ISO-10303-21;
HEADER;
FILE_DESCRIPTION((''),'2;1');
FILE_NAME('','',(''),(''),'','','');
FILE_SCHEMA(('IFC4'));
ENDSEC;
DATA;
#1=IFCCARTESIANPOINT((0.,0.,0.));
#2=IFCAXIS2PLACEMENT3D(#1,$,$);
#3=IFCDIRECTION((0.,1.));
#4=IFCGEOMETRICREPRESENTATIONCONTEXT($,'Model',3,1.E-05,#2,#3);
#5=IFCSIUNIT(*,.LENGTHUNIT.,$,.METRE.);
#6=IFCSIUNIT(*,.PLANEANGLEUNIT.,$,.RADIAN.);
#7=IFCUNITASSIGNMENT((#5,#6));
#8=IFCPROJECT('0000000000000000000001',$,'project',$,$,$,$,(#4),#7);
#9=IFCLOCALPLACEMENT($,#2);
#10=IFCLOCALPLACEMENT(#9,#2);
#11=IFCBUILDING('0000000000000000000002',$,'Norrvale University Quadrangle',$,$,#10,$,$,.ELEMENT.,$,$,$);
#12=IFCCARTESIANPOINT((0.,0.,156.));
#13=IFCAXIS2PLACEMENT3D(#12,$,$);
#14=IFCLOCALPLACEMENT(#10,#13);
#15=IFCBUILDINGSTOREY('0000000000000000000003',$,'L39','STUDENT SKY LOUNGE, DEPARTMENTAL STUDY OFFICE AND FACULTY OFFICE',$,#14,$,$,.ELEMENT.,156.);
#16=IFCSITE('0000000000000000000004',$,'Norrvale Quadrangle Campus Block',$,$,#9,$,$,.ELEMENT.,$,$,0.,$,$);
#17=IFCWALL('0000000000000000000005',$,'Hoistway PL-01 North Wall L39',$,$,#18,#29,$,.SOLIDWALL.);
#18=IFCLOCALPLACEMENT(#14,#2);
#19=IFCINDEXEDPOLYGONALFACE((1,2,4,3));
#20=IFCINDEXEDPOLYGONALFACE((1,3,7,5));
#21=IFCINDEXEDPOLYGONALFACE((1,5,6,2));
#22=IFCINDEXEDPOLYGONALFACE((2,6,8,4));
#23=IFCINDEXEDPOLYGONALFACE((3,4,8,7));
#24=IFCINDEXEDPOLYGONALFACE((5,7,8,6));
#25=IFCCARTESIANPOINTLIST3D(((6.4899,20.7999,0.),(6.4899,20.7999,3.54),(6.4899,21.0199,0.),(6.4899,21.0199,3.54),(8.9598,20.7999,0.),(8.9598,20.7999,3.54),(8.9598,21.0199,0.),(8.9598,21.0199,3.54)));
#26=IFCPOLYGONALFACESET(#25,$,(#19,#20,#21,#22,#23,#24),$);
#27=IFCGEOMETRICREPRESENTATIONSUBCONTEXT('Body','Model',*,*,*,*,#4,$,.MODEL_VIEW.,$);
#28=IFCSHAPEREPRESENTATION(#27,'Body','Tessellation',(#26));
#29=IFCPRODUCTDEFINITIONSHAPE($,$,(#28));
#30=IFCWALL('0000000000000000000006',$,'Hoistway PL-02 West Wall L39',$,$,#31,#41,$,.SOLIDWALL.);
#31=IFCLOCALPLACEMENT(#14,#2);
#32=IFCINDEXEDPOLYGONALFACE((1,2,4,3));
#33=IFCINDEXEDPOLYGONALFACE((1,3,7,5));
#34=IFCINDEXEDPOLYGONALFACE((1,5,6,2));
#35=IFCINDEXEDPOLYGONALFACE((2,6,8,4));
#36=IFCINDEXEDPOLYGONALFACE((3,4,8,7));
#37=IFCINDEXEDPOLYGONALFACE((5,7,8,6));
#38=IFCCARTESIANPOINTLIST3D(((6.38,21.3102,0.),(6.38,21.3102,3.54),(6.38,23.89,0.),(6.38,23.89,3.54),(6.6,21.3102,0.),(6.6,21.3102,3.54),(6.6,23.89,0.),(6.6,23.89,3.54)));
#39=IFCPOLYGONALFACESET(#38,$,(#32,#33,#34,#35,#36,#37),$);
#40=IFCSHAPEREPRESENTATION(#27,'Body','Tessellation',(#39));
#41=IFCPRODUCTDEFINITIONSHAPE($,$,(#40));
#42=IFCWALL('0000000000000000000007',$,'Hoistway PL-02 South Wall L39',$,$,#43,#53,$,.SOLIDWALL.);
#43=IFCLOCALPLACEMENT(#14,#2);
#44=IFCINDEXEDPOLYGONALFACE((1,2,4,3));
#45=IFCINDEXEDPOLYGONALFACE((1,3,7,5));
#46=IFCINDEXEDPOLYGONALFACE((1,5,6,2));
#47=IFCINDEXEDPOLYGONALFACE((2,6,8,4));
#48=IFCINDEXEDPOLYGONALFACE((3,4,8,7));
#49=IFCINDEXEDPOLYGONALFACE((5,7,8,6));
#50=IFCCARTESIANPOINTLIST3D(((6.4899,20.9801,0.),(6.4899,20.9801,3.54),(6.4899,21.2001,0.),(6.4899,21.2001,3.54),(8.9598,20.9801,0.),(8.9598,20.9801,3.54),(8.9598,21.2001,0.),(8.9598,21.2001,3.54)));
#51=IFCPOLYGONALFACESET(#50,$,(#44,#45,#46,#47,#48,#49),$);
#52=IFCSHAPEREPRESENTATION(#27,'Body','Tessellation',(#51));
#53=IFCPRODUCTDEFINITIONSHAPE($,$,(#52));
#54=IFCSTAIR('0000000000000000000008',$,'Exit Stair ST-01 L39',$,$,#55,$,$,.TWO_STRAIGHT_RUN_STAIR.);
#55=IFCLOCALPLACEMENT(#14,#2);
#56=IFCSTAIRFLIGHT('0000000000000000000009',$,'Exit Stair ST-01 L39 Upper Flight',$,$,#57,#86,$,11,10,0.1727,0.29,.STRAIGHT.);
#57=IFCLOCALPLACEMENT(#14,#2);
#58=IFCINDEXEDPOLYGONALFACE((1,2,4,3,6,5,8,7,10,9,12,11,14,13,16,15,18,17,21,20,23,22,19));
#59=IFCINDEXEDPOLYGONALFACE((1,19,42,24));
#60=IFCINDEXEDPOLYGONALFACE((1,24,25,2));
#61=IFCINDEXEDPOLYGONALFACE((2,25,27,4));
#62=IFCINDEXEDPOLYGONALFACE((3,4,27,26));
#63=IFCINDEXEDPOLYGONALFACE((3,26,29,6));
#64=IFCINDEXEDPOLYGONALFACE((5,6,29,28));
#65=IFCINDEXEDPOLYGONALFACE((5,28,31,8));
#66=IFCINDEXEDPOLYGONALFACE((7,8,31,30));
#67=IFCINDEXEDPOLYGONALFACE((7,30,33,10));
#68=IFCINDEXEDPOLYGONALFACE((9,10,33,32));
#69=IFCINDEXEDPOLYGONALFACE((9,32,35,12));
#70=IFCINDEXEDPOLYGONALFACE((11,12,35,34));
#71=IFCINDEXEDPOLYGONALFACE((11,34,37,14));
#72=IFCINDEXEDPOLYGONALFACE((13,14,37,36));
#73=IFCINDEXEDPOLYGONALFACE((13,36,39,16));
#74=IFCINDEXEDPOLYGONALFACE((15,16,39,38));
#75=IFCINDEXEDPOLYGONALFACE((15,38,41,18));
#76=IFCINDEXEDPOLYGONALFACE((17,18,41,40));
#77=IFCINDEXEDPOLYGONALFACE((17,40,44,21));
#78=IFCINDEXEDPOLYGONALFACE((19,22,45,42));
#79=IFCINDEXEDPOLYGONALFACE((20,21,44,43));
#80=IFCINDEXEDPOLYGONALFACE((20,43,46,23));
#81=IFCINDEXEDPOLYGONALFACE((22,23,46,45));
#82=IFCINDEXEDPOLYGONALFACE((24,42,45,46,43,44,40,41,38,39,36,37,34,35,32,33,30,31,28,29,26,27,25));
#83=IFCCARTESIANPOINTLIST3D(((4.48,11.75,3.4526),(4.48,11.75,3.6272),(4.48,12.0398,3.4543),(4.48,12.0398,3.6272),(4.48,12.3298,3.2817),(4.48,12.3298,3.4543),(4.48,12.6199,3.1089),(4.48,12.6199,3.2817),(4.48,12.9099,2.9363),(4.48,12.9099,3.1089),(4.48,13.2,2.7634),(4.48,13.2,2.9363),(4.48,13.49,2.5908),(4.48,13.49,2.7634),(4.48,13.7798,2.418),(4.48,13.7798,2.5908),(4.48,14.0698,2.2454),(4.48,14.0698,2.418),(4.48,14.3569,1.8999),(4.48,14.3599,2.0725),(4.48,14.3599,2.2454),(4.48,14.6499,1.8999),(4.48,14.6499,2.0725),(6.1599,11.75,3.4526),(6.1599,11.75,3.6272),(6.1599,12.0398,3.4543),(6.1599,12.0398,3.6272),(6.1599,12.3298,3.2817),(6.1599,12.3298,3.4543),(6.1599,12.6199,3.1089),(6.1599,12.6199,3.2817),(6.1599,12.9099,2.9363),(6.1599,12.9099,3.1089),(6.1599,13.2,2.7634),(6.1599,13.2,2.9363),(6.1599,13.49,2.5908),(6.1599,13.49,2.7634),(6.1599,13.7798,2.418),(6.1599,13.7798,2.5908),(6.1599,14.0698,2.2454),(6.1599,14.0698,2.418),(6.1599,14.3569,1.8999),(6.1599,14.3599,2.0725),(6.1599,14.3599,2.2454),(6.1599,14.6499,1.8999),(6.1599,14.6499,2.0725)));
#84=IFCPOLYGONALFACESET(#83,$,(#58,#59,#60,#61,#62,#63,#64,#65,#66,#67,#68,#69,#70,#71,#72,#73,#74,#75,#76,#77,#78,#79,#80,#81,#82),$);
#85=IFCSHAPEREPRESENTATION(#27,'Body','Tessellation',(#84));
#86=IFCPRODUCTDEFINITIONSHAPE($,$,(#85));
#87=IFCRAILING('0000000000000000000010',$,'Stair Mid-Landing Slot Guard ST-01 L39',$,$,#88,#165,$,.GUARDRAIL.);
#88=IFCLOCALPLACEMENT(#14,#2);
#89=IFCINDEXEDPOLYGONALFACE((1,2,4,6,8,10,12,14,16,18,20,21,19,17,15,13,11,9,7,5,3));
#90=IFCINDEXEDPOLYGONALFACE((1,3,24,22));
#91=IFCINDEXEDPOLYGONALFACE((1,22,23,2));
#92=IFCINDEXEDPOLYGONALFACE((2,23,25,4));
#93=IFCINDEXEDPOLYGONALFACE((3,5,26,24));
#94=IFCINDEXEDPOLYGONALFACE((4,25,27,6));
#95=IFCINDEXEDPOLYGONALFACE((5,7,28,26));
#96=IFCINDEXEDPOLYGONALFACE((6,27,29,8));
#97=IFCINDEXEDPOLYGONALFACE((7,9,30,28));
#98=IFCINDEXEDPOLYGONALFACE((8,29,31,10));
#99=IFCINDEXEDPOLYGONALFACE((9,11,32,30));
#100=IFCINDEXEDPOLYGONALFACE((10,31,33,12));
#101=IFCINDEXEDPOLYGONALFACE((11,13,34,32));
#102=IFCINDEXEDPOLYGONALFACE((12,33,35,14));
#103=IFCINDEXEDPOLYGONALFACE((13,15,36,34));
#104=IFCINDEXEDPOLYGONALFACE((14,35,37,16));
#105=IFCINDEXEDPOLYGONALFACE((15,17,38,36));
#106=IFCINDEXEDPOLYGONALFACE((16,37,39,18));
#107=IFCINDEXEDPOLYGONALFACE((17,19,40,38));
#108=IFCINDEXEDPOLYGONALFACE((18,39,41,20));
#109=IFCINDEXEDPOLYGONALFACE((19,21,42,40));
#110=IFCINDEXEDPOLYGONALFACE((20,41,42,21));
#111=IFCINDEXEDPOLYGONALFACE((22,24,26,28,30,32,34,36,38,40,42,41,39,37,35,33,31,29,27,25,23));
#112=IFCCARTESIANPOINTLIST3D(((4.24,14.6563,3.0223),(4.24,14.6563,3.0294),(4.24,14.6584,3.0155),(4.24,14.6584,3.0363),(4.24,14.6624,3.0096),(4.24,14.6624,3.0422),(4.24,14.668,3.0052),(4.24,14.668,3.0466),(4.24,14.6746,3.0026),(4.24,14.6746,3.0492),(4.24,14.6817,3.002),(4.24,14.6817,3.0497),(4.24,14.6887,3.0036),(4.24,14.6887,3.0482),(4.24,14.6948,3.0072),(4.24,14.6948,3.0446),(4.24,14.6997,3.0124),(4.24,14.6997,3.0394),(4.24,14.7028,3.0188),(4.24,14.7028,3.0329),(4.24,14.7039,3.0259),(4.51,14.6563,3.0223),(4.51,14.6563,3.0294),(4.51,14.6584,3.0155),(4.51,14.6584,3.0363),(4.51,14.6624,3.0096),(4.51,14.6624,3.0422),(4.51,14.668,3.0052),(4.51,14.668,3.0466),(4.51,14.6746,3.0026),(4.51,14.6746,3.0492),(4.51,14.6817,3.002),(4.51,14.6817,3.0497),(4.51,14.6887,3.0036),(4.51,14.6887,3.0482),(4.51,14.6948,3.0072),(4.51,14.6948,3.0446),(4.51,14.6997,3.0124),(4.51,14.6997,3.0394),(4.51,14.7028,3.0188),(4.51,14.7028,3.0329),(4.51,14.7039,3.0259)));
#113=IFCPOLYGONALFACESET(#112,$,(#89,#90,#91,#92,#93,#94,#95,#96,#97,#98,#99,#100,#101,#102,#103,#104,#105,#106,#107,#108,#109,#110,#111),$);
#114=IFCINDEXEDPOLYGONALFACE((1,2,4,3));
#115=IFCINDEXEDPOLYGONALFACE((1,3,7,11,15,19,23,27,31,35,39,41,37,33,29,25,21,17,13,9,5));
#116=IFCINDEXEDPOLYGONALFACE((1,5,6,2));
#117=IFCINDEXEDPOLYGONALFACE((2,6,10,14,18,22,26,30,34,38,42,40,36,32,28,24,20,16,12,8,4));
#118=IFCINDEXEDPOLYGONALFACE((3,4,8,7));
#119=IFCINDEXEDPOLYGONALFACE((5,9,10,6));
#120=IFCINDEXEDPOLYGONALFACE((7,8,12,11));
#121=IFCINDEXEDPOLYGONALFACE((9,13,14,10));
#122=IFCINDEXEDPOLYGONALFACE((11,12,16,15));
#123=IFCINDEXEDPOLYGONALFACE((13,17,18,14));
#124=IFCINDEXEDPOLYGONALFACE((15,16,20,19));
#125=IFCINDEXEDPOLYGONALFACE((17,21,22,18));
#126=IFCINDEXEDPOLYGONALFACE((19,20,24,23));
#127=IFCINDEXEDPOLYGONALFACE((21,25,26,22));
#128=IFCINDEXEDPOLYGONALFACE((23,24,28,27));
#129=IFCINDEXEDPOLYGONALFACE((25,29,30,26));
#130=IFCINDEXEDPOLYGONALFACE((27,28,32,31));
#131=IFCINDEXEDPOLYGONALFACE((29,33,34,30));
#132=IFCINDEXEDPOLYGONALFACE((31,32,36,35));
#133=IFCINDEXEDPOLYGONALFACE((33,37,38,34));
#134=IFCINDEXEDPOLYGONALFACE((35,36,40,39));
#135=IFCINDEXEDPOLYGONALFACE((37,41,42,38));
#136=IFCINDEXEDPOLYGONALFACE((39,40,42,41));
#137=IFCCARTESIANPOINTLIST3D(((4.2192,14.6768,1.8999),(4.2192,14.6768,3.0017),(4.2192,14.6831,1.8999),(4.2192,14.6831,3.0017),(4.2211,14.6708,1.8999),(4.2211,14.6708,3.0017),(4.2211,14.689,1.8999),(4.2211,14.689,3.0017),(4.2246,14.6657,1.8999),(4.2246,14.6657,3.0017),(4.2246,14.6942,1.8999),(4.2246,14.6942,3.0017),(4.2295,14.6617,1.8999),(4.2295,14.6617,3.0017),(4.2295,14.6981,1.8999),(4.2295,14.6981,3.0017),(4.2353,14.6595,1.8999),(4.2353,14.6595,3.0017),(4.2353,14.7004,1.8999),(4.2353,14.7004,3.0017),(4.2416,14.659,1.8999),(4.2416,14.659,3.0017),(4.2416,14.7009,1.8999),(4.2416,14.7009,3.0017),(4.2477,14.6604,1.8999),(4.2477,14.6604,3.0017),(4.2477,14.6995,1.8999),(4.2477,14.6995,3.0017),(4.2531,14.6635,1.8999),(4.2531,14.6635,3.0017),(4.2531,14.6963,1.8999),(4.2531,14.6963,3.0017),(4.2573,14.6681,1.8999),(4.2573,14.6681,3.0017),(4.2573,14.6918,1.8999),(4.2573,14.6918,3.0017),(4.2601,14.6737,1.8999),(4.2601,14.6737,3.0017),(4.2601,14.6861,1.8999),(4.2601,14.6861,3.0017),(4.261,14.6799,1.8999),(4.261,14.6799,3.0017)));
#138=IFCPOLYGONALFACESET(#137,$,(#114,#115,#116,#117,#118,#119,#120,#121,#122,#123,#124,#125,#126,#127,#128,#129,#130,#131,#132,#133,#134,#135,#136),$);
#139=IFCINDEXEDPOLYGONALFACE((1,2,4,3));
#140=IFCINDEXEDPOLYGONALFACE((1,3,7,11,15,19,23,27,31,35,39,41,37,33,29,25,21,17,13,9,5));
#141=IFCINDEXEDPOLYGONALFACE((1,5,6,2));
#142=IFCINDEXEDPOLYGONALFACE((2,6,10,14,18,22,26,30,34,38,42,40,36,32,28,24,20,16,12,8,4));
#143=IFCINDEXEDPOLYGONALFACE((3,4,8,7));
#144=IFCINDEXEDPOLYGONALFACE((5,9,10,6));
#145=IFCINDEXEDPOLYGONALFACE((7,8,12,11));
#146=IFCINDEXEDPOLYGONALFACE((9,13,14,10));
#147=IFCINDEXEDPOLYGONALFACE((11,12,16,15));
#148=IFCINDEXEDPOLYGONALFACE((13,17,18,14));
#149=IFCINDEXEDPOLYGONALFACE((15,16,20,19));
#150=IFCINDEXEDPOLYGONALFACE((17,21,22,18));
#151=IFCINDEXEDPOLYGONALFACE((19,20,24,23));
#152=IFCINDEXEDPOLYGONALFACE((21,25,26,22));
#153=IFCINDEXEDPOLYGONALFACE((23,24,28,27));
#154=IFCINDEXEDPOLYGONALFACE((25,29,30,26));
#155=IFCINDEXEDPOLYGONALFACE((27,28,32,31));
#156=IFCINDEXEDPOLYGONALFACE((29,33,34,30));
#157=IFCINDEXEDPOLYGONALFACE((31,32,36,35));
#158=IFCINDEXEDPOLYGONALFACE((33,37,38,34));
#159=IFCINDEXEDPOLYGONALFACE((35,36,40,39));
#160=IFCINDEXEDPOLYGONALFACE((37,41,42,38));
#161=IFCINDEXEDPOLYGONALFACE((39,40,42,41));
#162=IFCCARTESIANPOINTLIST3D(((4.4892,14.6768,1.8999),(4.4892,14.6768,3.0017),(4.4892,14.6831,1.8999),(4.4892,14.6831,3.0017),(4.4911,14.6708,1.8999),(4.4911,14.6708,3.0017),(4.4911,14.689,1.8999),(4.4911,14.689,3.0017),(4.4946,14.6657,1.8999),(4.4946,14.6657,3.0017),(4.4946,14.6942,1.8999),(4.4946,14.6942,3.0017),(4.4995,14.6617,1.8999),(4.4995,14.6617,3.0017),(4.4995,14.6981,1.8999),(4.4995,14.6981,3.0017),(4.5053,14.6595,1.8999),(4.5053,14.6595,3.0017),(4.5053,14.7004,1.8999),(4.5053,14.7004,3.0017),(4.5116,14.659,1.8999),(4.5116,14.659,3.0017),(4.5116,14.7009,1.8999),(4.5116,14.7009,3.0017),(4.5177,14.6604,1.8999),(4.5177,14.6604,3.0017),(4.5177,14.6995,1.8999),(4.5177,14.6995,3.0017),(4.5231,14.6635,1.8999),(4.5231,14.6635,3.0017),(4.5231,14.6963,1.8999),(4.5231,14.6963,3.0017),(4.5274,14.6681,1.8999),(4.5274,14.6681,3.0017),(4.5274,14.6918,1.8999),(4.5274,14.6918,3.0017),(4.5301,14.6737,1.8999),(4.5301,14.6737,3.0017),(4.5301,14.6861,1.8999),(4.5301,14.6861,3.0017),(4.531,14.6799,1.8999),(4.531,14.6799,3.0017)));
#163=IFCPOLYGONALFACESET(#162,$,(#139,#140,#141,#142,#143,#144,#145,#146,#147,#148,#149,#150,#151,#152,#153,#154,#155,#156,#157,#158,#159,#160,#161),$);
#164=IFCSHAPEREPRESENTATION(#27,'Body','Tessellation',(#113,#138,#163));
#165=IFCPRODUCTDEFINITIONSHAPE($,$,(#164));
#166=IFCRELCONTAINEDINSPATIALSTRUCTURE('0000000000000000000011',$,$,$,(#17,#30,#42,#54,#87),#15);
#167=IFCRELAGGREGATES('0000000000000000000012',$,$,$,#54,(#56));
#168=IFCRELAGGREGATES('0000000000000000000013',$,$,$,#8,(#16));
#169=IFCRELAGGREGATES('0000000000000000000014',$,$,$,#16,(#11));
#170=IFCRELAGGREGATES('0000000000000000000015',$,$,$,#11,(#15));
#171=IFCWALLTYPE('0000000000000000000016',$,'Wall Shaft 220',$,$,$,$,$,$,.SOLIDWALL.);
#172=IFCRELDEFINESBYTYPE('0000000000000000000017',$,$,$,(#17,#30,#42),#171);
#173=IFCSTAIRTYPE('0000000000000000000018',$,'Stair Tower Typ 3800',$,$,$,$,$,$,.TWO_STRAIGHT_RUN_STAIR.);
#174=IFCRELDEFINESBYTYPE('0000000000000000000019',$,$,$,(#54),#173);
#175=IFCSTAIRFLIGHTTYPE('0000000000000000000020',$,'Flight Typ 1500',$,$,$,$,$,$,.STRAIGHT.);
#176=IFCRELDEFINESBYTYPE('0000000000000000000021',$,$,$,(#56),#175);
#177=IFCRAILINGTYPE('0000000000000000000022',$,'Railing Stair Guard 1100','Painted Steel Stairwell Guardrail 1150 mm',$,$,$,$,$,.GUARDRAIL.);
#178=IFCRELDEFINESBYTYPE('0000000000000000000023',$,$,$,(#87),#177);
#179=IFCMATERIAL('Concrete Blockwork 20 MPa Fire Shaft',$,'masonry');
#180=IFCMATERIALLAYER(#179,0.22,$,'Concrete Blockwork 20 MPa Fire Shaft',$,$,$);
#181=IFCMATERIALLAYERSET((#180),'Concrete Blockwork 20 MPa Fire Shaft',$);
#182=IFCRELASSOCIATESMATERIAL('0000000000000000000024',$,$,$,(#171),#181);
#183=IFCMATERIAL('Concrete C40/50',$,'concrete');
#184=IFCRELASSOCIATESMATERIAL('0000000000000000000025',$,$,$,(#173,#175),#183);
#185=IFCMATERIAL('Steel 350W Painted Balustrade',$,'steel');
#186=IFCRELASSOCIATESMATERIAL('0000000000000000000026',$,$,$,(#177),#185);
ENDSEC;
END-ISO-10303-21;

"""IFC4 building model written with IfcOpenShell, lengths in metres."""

from ifc_helpers import new_model, si_unit, direction, frame, frame_2d, origin, origin_2d, place, context, subcontext, project, spatial, polyline, rectangle, circle, outline, extrude, material, layer, layer_set, type_object, element, aggregate, save


model = new_model("IFC4")

# Units and contexts
model_context = context("Model", 3, precision=1e-05, world=origin(), true_north=direction((0.0, 1.0)))
body_context = subcontext(model_context, "Body", "Model", "MODEL_VIEW")
ifc_project = project(units=[si_unit("LENGTHUNIT", "METRE"), si_unit("PLANEANGLEUNIT", "RADIAN")], contexts=[model_context])

# Site, building, storey
site_placement = place(None, origin())
site = spatial("IfcSite", under=ifc_project, at=site_placement, Name="Norrvale Quadrangle Campus Block", CompositionType="ELEMENT", RefElevation=0.0)
building_placement = place(site_placement, origin())
building = spatial("IfcBuilding", under=site, at=building_placement, Name="Norrvale University Quadrangle", CompositionType="ELEMENT")
storey_placement = place(building_placement, frame((0.0, 0.0, 156.0)))
storey = spatial("IfcBuildingStorey", under=building, at=storey_placement, Name="L39", Description="STUDENT SKY LOUNGE, DEPARTMENTAL STUDY OFFICE AND FACULTY OFFICE", CompositionType="ELEMENT", Elevation=156.0)

# Walls
ifc_material_1 = material(Name="Concrete Blockwork 20 MPa Fire Shaft", Category="masonry")
ifc_layer_1 = layer(ifc_material_1, 0.22, Name="Concrete Blockwork 20 MPa Fire Shaft")
ifc_layer_set_1 = layer_set([ifc_layer_1], Name="Concrete Blockwork 20 MPa Fire Shaft")
wall_type_1 = type_object("IfcWallType", Name="Wall Shaft 220", PredefinedType="SOLIDWALL", material=ifc_layer_set_1)
for number, where, z_axis, x_axis, name in (
    (1, (6.49, 20.9099, 0.0), (0.0, 0.0, 1.0), (1.0, 0.0, 0.0), "Hoistway PL-01 North Wall L39"),
):
    element("IfcWall", number, at=place(storey_placement, frame(where, z_axis=z_axis, x_axis=x_axis)), inside=storey, type_object=wall_type_1, Name=name, PredefinedType="SOLIDWALL", context=body_context, shape_type="SweptSolid", body=[
        extrude(rectangle(XDim=2.47, YDim=0.22, at=frame_2d((1.2349, 0.0))), origin(), (0.0, 0.0, 1.0), 3.54),
    ])
wall_1_placement = place(storey_placement, frame((6.49, 21.3101, 0.0), z_axis=(0.0, 0.0, 1.0), x_axis=(0.0, 1.0, 0.0)))
element("IfcWall", 2, at=wall_1_placement, inside=storey, type_object=wall_type_1, Name="Hoistway PL-02 West Wall L39", PredefinedType="SOLIDWALL", context=body_context, shape_type="SweptSolid", body=[
    extrude(rectangle(XDim=2.5798, YDim=0.22, at=frame_2d((1.29, 0.0))), origin(), (0.0, 0.0, 1.0), 3.54),
])
wall_2_placement = place(storey_placement, frame((6.49, 21.0901, 0.0), z_axis=(0.0, 0.0, 1.0), x_axis=(1.0, 0.0, 0.0)))
element("IfcWall", 3, at=wall_2_placement, inside=storey, type_object=wall_type_1, Name="Hoistway PL-02 South Wall L39", PredefinedType="SOLIDWALL", context=body_context, shape_type="SweptSolid", body=[
    extrude(rectangle(XDim=2.47, YDim=0.22, at=frame_2d((1.2349, 0.0))), origin(), (0.0, 0.0, 1.0), 3.54),
])

# Stair, stair flight
ifc_material_2 = material(Name="Concrete C40/50", Category="concrete")
stair_type = type_object("IfcStairType", Name="Stair Tower Typ 3800", PredefinedType="TWO_STRAIGHT_RUN_STAIR", material=ifc_material_2)
stair_placement = place(storey_placement, origin())
stair = element("IfcStair", 4, at=stair_placement, inside=storey, type_object=stair_type, Name="Exit Stair ST-01 L39", PredefinedType="TWO_STRAIGHT_RUN_STAIR")
stair_flight_type = type_object("IfcStairFlightType", Name="Flight Typ 1500", PredefinedType="STRAIGHT", material=ifc_material_2)
stair_flight_placement = place(storey_placement, frame((5.3201, 14.6499, 1.8999), z_axis=(0.0, 0.0, 1.0), x_axis=(0.0, -1.0, 0.0)))
stair_flight = element("IfcStairFlight", 5, at=stair_flight_placement, type_object=stair_flight_type, Name="Exit Stair ST-01 L39 Upper Flight", NumberOfRisers=11, NumberOfTreads=10, PredefinedType="STRAIGHT", RiserHeight=0.1727, TreadLength=0.29, context=body_context, shape_type="SweptSolid", body=[
    extrude(outline(polyline([(0.0, 0.0), (0.0, 0.1726), (0.29, 0.1726), (0.29, 0.3455), (0.5801, 0.3455), (0.5801, 0.5181), (0.8701, 0.5181), (0.8701, 0.6909), (1.1599, 0.6909), (1.1599, 0.8635), (1.45, 0.8635), (1.45, 1.0364), (1.74, 1.0364), (1.74, 1.209), (2.03, 1.209), (2.03, 1.3818), (2.3201, 1.3818), (2.3201, 1.5544), (2.6101, 1.5544), (2.6101, 1.7273), (2.8999, 1.7273), (2.8999, 1.8999), (2.8999, 1.5527), (0.293, 0.0), (0.0, 0.0)])), frame((0.0, 0.8398, 0.0), z_axis=(0.0, -1.0, 0.0), x_axis=(1.0, 0.0, 0.0)), (0.0, 0.0, 1.0), 1.6799),
])
aggregate(stair, [stair_flight])

# Railing
ifc_material_3 = material(Name="Steel 350W Painted Balustrade", Category="steel")
railing_type_1 = type_object("IfcRailingType", Name="Railing Stair Guard 1100", Description="Painted Steel Stairwell Guardrail 1150 mm", PredefinedType="GUARDRAIL", material=ifc_material_3)
railing_1_placement = place(storey_placement, frame((4.24, 14.6799, 1.8999)))
element("IfcRailing", 6, at=railing_1_placement, inside=storey, type_object=railing_type_1, Name="Stair Mid-Landing Slot Guard ST-01 L39", PredefinedType="GUARDRAIL", context=body_context, shape_type="SweptSolid", body=[
    extrude(circle(Radius=0.0239, at=origin_2d()), frame((0.0, 0.0, 1.126), z_axis=(1.0, 0.0, 0.0), x_axis=(0.0, 1.0, 0.0)), (0.0, 0.0, 1.0), 0.27),
    extrude(circle(Radius=0.021, at=origin_2d()), origin(), (0.0, 0.0, 1.0), 1.1018),
    extrude(circle(Radius=0.021, at=origin_2d()), frame((0.27, 0.0, 0.0)), (0.0, 0.0, 1.0), 1.1018),
])

save(model, "model.ifc")
